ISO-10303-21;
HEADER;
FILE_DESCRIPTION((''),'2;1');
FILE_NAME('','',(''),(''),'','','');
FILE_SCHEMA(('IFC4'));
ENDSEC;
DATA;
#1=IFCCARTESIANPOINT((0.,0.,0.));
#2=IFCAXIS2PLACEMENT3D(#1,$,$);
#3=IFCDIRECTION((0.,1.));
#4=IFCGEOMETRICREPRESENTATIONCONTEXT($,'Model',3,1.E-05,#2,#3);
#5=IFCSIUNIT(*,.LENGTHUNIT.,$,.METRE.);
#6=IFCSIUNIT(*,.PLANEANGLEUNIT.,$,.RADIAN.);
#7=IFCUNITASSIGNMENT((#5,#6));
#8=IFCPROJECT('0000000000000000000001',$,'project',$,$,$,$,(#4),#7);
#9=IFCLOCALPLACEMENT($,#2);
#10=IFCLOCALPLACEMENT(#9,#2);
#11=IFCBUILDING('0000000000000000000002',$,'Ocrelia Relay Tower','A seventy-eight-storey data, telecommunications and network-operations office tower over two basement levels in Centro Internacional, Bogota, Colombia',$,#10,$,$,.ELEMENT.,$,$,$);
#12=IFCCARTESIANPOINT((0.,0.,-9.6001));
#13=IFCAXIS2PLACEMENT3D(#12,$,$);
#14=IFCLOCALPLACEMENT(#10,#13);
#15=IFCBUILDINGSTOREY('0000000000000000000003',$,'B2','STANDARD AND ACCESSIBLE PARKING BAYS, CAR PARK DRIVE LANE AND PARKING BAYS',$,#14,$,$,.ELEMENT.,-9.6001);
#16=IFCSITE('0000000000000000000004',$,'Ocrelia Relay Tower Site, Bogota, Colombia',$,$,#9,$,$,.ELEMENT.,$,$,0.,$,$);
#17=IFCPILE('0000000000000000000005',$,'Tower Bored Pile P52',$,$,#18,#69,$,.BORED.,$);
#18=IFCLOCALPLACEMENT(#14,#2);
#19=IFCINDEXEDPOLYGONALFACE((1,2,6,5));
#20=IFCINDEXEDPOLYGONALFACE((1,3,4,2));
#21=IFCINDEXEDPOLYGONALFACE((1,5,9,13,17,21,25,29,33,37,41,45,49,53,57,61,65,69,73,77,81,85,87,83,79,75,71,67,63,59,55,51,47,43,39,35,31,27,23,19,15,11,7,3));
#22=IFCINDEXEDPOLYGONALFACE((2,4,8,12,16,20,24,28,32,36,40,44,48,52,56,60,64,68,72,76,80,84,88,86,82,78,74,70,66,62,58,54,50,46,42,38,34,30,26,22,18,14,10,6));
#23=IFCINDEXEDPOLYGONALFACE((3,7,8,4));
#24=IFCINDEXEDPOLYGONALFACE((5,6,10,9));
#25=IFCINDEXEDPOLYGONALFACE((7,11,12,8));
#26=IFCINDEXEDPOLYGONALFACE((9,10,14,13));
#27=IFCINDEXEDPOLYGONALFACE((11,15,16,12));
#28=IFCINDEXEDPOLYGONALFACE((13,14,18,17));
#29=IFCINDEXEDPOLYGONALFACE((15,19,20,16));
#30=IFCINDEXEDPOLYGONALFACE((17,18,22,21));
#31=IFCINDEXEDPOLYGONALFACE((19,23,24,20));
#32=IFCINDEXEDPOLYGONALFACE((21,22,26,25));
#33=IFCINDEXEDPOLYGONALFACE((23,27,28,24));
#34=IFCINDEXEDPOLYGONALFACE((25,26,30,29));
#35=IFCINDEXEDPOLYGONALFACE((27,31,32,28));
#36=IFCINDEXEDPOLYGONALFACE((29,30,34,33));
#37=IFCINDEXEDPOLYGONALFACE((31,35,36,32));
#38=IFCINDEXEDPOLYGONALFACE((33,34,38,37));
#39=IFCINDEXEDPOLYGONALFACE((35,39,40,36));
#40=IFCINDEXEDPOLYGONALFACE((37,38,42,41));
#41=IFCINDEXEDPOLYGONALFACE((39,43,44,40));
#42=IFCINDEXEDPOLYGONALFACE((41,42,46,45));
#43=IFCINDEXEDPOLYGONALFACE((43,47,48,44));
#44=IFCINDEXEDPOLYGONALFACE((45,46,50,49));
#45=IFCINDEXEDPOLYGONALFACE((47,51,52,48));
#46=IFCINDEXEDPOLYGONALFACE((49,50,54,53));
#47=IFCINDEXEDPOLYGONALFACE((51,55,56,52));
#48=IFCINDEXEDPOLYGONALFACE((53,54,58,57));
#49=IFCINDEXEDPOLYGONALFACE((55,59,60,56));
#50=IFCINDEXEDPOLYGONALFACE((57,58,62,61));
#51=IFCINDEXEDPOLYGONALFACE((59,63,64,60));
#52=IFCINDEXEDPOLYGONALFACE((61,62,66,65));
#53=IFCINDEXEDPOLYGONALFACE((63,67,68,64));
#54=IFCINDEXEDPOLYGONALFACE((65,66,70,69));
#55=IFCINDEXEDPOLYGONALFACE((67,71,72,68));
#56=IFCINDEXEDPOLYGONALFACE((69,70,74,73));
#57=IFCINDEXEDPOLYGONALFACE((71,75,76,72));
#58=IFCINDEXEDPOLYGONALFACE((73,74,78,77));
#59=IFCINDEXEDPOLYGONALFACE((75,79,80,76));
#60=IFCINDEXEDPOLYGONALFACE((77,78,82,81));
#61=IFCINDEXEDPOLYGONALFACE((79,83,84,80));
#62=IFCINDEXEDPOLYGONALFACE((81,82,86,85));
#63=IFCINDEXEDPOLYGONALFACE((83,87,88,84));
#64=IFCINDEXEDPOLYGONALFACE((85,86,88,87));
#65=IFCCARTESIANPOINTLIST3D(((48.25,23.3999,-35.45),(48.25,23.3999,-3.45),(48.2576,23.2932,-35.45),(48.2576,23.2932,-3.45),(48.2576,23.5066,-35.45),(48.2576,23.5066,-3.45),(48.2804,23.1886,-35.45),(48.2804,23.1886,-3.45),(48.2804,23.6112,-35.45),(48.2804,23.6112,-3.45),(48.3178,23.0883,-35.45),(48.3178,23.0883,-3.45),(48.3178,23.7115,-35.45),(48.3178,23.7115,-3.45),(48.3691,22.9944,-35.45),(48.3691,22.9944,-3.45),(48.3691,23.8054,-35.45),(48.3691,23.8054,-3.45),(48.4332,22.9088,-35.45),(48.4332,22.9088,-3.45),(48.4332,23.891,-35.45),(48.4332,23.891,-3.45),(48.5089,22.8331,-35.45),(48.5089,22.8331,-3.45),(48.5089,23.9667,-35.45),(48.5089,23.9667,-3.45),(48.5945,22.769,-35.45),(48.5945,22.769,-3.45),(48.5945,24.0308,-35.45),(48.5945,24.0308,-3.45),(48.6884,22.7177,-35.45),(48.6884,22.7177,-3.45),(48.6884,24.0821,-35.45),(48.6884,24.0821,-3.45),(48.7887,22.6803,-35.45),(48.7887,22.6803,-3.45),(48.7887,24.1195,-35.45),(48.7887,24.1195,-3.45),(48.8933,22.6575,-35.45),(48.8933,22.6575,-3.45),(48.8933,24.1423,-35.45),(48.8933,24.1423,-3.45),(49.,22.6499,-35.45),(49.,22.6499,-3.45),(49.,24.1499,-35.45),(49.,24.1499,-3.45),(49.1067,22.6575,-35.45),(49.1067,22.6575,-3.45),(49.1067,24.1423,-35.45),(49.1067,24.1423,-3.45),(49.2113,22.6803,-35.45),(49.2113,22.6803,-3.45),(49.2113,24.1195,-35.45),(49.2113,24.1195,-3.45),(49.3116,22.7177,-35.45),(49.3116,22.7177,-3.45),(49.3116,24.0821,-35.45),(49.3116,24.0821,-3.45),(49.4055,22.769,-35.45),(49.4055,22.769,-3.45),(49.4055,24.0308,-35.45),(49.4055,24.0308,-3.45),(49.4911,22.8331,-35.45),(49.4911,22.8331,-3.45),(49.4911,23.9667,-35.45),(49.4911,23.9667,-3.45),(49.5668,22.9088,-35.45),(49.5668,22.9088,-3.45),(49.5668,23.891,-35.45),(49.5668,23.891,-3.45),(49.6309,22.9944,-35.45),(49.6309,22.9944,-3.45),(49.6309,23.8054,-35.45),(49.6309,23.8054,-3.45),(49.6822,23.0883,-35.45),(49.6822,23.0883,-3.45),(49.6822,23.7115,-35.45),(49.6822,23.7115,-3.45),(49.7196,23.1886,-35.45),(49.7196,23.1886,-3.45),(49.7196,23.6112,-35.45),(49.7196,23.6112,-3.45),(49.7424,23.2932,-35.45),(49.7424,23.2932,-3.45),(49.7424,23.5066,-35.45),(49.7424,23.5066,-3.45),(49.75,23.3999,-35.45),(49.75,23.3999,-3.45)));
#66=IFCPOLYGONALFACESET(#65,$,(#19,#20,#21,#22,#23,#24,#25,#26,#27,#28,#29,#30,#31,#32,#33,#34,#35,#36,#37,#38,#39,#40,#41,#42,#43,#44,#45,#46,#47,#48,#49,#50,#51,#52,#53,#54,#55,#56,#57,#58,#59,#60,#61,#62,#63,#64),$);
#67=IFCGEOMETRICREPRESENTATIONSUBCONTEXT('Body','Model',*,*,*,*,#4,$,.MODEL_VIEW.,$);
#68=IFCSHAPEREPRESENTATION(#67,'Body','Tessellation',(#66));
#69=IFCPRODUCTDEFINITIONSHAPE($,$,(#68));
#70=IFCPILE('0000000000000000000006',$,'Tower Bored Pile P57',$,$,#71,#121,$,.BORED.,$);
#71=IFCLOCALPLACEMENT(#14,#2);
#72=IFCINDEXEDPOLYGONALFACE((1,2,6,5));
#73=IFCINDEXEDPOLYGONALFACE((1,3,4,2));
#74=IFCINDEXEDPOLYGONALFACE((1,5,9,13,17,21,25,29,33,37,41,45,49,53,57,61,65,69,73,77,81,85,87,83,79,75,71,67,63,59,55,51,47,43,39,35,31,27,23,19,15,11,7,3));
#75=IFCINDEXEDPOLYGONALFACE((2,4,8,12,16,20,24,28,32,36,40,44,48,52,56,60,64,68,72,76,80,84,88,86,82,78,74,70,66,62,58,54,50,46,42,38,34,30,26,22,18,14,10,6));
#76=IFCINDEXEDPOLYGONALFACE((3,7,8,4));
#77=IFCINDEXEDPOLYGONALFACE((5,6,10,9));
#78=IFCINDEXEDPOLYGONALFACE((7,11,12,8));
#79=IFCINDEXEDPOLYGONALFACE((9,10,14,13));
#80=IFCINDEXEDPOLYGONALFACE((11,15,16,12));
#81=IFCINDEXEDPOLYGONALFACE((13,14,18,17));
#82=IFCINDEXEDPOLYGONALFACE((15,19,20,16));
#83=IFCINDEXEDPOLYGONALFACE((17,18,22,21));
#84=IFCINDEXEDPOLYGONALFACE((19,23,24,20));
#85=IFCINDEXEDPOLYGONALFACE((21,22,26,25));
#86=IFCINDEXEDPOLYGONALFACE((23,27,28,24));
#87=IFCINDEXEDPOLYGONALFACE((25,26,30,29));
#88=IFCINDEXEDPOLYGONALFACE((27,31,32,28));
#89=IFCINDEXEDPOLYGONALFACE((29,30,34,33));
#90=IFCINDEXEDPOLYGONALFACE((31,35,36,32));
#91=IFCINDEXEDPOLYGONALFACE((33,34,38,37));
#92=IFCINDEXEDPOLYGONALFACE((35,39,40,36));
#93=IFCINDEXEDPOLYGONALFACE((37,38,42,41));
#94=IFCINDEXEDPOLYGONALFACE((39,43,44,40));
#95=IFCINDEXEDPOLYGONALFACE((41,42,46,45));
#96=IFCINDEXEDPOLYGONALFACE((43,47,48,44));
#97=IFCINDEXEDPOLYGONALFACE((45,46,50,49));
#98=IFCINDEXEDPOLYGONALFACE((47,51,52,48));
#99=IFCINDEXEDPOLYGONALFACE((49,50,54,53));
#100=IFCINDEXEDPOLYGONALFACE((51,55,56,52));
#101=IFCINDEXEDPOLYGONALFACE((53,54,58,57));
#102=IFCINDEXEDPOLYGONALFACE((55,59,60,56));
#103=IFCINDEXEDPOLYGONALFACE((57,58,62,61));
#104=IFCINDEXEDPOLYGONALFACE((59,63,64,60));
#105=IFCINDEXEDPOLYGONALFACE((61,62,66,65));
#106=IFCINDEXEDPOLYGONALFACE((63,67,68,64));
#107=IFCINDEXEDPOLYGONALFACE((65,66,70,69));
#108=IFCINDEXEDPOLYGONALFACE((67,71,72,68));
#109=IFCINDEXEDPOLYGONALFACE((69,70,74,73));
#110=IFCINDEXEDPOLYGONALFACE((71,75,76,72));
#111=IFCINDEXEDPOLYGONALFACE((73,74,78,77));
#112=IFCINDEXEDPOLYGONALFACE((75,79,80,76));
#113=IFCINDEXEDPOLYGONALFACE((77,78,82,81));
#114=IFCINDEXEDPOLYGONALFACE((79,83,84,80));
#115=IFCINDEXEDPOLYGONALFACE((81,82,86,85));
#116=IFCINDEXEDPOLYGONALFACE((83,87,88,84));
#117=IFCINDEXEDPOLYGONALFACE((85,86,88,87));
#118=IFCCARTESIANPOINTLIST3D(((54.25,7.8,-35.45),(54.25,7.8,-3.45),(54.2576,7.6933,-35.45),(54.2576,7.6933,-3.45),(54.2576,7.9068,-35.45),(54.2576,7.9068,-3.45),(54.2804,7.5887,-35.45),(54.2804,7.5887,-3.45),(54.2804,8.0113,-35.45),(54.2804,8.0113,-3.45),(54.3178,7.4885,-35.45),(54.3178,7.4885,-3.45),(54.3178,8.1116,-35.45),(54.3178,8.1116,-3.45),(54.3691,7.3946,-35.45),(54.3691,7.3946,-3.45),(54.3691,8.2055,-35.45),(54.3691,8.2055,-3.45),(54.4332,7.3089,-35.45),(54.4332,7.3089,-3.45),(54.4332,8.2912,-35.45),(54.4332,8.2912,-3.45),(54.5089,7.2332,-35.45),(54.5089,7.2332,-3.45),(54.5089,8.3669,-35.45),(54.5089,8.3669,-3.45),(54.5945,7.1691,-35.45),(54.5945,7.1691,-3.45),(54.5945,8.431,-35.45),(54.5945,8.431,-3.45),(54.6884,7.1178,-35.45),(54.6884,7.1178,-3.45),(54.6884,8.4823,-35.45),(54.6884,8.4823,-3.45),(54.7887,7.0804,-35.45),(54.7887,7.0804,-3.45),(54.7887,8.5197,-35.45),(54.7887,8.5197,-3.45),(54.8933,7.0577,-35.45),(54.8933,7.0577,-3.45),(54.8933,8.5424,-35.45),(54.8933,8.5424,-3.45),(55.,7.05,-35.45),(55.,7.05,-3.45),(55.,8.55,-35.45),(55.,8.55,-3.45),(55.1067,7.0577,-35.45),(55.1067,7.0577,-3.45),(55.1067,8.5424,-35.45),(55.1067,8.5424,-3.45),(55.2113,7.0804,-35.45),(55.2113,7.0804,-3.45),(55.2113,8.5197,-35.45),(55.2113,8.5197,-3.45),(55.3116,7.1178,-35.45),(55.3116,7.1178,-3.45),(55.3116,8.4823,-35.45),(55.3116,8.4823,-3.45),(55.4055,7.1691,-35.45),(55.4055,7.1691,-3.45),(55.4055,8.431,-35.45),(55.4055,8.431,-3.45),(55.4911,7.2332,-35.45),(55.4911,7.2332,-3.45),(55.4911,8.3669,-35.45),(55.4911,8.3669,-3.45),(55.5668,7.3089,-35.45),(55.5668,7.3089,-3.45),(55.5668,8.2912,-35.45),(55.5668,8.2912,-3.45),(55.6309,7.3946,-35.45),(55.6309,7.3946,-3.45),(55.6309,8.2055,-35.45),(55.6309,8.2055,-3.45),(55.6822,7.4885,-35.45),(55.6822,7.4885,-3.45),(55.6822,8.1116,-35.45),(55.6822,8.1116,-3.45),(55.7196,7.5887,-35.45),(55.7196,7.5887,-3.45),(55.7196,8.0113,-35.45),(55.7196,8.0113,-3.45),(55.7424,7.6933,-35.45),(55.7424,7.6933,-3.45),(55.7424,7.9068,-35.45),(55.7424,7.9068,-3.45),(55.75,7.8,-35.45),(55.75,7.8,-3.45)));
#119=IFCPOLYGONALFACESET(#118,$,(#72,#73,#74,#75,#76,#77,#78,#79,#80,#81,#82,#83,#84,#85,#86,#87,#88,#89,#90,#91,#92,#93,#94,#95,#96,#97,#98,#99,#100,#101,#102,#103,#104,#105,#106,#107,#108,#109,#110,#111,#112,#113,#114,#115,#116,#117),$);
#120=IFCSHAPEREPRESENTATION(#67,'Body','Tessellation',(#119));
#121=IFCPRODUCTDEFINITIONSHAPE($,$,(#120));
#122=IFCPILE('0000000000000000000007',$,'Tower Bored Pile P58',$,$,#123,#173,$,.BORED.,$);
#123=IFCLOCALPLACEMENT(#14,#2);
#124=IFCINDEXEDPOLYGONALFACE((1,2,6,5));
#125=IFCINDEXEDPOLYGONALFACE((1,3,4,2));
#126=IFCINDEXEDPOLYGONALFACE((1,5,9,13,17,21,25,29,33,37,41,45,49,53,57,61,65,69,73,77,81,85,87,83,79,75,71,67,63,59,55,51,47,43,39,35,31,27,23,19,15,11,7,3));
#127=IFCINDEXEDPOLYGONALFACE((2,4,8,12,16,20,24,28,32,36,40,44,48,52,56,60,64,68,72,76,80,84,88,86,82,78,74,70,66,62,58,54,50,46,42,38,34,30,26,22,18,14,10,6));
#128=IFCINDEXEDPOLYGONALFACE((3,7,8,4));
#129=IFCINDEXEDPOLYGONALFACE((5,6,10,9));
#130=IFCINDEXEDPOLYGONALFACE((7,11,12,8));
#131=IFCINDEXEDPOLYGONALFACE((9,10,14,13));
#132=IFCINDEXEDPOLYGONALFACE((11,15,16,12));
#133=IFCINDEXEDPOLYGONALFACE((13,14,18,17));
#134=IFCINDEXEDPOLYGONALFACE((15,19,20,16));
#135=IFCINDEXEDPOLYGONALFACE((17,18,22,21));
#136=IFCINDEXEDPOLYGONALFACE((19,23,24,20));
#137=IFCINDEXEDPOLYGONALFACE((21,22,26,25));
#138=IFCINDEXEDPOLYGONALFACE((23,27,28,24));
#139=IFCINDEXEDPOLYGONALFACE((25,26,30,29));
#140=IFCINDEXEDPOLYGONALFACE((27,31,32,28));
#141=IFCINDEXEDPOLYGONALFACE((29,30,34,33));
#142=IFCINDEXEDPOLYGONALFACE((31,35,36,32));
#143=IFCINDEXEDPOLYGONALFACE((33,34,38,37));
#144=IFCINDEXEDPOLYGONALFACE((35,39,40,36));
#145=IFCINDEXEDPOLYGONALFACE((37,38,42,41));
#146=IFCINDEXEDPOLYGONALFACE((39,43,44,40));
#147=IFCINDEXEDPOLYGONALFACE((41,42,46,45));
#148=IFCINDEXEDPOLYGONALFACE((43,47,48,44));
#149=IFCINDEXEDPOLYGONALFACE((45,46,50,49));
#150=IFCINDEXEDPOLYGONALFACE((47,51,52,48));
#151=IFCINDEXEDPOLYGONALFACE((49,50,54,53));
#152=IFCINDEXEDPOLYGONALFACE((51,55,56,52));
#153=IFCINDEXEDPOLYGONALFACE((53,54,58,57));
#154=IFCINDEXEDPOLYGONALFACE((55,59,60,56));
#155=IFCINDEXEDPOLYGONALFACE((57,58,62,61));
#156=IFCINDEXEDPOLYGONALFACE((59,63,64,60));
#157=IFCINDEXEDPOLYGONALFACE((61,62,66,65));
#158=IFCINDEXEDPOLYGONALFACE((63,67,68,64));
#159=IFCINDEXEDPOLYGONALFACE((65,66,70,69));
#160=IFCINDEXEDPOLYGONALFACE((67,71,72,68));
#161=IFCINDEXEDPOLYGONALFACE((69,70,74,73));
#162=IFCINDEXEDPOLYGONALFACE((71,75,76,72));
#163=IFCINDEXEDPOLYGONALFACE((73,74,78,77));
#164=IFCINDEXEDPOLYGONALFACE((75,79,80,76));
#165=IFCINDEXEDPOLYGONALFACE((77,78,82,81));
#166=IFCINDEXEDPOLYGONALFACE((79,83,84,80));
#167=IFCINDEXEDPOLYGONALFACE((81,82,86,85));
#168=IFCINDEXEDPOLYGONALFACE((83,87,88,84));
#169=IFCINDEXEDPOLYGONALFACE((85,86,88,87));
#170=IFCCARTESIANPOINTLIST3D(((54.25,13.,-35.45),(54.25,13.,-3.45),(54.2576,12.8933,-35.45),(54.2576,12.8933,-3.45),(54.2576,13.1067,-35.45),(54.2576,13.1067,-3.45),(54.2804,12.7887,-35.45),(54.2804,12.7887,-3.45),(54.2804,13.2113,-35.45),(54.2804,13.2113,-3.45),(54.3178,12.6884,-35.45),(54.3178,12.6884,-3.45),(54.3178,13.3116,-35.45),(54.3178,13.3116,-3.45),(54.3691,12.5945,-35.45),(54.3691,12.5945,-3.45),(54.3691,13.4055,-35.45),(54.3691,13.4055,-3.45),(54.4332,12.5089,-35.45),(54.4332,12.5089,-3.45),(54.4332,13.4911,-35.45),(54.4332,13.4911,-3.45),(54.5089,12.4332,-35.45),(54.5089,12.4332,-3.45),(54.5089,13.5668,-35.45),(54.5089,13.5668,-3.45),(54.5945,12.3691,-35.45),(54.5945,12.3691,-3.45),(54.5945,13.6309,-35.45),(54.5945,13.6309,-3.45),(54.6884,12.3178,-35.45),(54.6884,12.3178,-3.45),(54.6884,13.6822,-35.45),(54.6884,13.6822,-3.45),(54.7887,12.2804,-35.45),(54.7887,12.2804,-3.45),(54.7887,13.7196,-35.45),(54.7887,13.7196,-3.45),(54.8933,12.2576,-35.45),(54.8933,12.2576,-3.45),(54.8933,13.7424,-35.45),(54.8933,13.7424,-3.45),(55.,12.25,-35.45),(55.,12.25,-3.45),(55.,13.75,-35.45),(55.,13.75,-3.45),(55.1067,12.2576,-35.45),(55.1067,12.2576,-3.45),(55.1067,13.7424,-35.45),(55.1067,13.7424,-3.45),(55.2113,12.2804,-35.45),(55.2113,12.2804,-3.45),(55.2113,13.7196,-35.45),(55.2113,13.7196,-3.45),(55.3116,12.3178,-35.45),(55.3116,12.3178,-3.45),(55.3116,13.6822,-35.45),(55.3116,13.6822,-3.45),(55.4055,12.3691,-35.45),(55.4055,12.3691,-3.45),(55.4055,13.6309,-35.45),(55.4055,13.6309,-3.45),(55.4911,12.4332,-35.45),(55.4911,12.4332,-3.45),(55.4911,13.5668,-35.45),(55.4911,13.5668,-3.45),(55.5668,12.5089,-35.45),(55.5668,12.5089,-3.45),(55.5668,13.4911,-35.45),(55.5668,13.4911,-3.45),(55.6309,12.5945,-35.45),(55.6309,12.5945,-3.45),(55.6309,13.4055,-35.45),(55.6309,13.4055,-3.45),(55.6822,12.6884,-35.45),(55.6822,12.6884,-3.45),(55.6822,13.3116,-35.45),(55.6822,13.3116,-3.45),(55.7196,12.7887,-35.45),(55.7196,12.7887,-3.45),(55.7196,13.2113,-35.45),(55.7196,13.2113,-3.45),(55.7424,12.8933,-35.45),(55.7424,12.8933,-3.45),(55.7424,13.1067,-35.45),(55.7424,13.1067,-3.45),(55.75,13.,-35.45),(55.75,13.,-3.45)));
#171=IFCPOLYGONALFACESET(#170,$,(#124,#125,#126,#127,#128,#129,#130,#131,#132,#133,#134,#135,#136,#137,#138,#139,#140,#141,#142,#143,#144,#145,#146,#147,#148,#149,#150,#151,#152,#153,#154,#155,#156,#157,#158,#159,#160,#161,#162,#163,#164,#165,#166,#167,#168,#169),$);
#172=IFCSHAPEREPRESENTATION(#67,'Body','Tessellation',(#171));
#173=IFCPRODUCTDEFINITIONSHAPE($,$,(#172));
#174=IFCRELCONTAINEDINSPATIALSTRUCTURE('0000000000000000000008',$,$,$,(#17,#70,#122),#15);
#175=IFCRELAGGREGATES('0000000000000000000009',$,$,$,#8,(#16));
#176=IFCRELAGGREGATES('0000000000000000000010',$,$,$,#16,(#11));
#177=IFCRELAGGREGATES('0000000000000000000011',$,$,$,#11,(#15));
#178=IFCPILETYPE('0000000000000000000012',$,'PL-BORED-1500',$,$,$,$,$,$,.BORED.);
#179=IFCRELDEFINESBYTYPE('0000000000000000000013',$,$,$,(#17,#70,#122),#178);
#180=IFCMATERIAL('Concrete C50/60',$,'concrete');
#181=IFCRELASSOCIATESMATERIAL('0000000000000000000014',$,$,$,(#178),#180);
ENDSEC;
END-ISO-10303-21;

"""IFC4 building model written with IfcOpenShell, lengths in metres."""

from ifc_helpers import new_model, si_unit, direction, frame, origin, origin_2d, place, context, subcontext, project, spatial, circle, extrude, material, material_profile, profile_set, type_object, element, save


model = new_model("IFC4")

# Units and contexts
model_context = context("Model", 3, precision=1e-05, world=origin(), true_north=direction((0.0, 1.0)))
body_context = subcontext(model_context, "Body", "Model", "MODEL_VIEW")
ifc_project = project(units=[si_unit("LENGTHUNIT", "METRE"), si_unit("PLANEANGLEUNIT", "RADIAN")], contexts=[model_context])

# Site, building, storey
site_placement = place(None, origin())
site = spatial("IfcSite", under=ifc_project, at=site_placement, Name="Ocrelia Relay Tower Site, Bogota, Colombia", CompositionType="ELEMENT", RefElevation=0.0)
building_placement = place(site_placement, origin())
building = spatial("IfcBuilding", under=site, at=building_placement, Name="Ocrelia Relay Tower", Description="A seventy-eight-storey data, telecommunications and network-operations office tower over two basement levels in Centro Internacional, Bogota, Colombia", CompositionType="ELEMENT")
storey_placement = place(building_placement, frame((0.0, 0.0, -9.6001)))
storey = spatial("IfcBuildingStorey", under=building, at=storey_placement, Name="B2", Description="STANDARD AND ACCESSIBLE PARKING BAYS, CAR PARK DRIVE LANE AND PARKING BAYS", CompositionType="ELEMENT", Elevation=-9.6001)

# Piles
ifc_material_1 = material(Name="Concrete C50/60", Category="concrete")
ifc_material_profile_1 = material_profile(ifc_material_1, circle(Radius=0.75, at=origin_2d()), Name="PILE-1500")
ifc_profile_set_1 = profile_set([ifc_material_profile_1], Name="Concrete C50/60")
pile_type_1 = type_object("IfcPileType", Name="PL-BORED-1500", PredefinedType="BORED", material=ifc_profile_set_1)
for number, where, z_axis, x_axis, name in (
    (1, (49.0, 23.3999, -3.45), (0.0, 0.0, -1.0), (1.0, 0.0, 0.0), "Tower Bored Pile P52"),
    (2, (55.0, 7.8, -3.45), (0.0, 0.0, -1.0), (1.0, 0.0, 0.0), "Tower Bored Pile P57"),
    (3, (55.0, 13.0, -3.45), (0.0, 0.0, -1.0), (1.0, 0.0, 0.0), "Tower Bored Pile P58"),
):
    element("IfcPile", number, at=place(storey_placement, frame(where, z_axis=z_axis, x_axis=x_axis)), inside=storey, type_object=pile_type_1, Name=name, PredefinedType="BORED", context=body_context, shape_type="SweptSolid", body=[
        extrude(circle(Radius=0.75, at=origin_2d()), origin(), (0.0, 0.0, 1.0), 32.0),
    ])

save(model, "model.ifc")
